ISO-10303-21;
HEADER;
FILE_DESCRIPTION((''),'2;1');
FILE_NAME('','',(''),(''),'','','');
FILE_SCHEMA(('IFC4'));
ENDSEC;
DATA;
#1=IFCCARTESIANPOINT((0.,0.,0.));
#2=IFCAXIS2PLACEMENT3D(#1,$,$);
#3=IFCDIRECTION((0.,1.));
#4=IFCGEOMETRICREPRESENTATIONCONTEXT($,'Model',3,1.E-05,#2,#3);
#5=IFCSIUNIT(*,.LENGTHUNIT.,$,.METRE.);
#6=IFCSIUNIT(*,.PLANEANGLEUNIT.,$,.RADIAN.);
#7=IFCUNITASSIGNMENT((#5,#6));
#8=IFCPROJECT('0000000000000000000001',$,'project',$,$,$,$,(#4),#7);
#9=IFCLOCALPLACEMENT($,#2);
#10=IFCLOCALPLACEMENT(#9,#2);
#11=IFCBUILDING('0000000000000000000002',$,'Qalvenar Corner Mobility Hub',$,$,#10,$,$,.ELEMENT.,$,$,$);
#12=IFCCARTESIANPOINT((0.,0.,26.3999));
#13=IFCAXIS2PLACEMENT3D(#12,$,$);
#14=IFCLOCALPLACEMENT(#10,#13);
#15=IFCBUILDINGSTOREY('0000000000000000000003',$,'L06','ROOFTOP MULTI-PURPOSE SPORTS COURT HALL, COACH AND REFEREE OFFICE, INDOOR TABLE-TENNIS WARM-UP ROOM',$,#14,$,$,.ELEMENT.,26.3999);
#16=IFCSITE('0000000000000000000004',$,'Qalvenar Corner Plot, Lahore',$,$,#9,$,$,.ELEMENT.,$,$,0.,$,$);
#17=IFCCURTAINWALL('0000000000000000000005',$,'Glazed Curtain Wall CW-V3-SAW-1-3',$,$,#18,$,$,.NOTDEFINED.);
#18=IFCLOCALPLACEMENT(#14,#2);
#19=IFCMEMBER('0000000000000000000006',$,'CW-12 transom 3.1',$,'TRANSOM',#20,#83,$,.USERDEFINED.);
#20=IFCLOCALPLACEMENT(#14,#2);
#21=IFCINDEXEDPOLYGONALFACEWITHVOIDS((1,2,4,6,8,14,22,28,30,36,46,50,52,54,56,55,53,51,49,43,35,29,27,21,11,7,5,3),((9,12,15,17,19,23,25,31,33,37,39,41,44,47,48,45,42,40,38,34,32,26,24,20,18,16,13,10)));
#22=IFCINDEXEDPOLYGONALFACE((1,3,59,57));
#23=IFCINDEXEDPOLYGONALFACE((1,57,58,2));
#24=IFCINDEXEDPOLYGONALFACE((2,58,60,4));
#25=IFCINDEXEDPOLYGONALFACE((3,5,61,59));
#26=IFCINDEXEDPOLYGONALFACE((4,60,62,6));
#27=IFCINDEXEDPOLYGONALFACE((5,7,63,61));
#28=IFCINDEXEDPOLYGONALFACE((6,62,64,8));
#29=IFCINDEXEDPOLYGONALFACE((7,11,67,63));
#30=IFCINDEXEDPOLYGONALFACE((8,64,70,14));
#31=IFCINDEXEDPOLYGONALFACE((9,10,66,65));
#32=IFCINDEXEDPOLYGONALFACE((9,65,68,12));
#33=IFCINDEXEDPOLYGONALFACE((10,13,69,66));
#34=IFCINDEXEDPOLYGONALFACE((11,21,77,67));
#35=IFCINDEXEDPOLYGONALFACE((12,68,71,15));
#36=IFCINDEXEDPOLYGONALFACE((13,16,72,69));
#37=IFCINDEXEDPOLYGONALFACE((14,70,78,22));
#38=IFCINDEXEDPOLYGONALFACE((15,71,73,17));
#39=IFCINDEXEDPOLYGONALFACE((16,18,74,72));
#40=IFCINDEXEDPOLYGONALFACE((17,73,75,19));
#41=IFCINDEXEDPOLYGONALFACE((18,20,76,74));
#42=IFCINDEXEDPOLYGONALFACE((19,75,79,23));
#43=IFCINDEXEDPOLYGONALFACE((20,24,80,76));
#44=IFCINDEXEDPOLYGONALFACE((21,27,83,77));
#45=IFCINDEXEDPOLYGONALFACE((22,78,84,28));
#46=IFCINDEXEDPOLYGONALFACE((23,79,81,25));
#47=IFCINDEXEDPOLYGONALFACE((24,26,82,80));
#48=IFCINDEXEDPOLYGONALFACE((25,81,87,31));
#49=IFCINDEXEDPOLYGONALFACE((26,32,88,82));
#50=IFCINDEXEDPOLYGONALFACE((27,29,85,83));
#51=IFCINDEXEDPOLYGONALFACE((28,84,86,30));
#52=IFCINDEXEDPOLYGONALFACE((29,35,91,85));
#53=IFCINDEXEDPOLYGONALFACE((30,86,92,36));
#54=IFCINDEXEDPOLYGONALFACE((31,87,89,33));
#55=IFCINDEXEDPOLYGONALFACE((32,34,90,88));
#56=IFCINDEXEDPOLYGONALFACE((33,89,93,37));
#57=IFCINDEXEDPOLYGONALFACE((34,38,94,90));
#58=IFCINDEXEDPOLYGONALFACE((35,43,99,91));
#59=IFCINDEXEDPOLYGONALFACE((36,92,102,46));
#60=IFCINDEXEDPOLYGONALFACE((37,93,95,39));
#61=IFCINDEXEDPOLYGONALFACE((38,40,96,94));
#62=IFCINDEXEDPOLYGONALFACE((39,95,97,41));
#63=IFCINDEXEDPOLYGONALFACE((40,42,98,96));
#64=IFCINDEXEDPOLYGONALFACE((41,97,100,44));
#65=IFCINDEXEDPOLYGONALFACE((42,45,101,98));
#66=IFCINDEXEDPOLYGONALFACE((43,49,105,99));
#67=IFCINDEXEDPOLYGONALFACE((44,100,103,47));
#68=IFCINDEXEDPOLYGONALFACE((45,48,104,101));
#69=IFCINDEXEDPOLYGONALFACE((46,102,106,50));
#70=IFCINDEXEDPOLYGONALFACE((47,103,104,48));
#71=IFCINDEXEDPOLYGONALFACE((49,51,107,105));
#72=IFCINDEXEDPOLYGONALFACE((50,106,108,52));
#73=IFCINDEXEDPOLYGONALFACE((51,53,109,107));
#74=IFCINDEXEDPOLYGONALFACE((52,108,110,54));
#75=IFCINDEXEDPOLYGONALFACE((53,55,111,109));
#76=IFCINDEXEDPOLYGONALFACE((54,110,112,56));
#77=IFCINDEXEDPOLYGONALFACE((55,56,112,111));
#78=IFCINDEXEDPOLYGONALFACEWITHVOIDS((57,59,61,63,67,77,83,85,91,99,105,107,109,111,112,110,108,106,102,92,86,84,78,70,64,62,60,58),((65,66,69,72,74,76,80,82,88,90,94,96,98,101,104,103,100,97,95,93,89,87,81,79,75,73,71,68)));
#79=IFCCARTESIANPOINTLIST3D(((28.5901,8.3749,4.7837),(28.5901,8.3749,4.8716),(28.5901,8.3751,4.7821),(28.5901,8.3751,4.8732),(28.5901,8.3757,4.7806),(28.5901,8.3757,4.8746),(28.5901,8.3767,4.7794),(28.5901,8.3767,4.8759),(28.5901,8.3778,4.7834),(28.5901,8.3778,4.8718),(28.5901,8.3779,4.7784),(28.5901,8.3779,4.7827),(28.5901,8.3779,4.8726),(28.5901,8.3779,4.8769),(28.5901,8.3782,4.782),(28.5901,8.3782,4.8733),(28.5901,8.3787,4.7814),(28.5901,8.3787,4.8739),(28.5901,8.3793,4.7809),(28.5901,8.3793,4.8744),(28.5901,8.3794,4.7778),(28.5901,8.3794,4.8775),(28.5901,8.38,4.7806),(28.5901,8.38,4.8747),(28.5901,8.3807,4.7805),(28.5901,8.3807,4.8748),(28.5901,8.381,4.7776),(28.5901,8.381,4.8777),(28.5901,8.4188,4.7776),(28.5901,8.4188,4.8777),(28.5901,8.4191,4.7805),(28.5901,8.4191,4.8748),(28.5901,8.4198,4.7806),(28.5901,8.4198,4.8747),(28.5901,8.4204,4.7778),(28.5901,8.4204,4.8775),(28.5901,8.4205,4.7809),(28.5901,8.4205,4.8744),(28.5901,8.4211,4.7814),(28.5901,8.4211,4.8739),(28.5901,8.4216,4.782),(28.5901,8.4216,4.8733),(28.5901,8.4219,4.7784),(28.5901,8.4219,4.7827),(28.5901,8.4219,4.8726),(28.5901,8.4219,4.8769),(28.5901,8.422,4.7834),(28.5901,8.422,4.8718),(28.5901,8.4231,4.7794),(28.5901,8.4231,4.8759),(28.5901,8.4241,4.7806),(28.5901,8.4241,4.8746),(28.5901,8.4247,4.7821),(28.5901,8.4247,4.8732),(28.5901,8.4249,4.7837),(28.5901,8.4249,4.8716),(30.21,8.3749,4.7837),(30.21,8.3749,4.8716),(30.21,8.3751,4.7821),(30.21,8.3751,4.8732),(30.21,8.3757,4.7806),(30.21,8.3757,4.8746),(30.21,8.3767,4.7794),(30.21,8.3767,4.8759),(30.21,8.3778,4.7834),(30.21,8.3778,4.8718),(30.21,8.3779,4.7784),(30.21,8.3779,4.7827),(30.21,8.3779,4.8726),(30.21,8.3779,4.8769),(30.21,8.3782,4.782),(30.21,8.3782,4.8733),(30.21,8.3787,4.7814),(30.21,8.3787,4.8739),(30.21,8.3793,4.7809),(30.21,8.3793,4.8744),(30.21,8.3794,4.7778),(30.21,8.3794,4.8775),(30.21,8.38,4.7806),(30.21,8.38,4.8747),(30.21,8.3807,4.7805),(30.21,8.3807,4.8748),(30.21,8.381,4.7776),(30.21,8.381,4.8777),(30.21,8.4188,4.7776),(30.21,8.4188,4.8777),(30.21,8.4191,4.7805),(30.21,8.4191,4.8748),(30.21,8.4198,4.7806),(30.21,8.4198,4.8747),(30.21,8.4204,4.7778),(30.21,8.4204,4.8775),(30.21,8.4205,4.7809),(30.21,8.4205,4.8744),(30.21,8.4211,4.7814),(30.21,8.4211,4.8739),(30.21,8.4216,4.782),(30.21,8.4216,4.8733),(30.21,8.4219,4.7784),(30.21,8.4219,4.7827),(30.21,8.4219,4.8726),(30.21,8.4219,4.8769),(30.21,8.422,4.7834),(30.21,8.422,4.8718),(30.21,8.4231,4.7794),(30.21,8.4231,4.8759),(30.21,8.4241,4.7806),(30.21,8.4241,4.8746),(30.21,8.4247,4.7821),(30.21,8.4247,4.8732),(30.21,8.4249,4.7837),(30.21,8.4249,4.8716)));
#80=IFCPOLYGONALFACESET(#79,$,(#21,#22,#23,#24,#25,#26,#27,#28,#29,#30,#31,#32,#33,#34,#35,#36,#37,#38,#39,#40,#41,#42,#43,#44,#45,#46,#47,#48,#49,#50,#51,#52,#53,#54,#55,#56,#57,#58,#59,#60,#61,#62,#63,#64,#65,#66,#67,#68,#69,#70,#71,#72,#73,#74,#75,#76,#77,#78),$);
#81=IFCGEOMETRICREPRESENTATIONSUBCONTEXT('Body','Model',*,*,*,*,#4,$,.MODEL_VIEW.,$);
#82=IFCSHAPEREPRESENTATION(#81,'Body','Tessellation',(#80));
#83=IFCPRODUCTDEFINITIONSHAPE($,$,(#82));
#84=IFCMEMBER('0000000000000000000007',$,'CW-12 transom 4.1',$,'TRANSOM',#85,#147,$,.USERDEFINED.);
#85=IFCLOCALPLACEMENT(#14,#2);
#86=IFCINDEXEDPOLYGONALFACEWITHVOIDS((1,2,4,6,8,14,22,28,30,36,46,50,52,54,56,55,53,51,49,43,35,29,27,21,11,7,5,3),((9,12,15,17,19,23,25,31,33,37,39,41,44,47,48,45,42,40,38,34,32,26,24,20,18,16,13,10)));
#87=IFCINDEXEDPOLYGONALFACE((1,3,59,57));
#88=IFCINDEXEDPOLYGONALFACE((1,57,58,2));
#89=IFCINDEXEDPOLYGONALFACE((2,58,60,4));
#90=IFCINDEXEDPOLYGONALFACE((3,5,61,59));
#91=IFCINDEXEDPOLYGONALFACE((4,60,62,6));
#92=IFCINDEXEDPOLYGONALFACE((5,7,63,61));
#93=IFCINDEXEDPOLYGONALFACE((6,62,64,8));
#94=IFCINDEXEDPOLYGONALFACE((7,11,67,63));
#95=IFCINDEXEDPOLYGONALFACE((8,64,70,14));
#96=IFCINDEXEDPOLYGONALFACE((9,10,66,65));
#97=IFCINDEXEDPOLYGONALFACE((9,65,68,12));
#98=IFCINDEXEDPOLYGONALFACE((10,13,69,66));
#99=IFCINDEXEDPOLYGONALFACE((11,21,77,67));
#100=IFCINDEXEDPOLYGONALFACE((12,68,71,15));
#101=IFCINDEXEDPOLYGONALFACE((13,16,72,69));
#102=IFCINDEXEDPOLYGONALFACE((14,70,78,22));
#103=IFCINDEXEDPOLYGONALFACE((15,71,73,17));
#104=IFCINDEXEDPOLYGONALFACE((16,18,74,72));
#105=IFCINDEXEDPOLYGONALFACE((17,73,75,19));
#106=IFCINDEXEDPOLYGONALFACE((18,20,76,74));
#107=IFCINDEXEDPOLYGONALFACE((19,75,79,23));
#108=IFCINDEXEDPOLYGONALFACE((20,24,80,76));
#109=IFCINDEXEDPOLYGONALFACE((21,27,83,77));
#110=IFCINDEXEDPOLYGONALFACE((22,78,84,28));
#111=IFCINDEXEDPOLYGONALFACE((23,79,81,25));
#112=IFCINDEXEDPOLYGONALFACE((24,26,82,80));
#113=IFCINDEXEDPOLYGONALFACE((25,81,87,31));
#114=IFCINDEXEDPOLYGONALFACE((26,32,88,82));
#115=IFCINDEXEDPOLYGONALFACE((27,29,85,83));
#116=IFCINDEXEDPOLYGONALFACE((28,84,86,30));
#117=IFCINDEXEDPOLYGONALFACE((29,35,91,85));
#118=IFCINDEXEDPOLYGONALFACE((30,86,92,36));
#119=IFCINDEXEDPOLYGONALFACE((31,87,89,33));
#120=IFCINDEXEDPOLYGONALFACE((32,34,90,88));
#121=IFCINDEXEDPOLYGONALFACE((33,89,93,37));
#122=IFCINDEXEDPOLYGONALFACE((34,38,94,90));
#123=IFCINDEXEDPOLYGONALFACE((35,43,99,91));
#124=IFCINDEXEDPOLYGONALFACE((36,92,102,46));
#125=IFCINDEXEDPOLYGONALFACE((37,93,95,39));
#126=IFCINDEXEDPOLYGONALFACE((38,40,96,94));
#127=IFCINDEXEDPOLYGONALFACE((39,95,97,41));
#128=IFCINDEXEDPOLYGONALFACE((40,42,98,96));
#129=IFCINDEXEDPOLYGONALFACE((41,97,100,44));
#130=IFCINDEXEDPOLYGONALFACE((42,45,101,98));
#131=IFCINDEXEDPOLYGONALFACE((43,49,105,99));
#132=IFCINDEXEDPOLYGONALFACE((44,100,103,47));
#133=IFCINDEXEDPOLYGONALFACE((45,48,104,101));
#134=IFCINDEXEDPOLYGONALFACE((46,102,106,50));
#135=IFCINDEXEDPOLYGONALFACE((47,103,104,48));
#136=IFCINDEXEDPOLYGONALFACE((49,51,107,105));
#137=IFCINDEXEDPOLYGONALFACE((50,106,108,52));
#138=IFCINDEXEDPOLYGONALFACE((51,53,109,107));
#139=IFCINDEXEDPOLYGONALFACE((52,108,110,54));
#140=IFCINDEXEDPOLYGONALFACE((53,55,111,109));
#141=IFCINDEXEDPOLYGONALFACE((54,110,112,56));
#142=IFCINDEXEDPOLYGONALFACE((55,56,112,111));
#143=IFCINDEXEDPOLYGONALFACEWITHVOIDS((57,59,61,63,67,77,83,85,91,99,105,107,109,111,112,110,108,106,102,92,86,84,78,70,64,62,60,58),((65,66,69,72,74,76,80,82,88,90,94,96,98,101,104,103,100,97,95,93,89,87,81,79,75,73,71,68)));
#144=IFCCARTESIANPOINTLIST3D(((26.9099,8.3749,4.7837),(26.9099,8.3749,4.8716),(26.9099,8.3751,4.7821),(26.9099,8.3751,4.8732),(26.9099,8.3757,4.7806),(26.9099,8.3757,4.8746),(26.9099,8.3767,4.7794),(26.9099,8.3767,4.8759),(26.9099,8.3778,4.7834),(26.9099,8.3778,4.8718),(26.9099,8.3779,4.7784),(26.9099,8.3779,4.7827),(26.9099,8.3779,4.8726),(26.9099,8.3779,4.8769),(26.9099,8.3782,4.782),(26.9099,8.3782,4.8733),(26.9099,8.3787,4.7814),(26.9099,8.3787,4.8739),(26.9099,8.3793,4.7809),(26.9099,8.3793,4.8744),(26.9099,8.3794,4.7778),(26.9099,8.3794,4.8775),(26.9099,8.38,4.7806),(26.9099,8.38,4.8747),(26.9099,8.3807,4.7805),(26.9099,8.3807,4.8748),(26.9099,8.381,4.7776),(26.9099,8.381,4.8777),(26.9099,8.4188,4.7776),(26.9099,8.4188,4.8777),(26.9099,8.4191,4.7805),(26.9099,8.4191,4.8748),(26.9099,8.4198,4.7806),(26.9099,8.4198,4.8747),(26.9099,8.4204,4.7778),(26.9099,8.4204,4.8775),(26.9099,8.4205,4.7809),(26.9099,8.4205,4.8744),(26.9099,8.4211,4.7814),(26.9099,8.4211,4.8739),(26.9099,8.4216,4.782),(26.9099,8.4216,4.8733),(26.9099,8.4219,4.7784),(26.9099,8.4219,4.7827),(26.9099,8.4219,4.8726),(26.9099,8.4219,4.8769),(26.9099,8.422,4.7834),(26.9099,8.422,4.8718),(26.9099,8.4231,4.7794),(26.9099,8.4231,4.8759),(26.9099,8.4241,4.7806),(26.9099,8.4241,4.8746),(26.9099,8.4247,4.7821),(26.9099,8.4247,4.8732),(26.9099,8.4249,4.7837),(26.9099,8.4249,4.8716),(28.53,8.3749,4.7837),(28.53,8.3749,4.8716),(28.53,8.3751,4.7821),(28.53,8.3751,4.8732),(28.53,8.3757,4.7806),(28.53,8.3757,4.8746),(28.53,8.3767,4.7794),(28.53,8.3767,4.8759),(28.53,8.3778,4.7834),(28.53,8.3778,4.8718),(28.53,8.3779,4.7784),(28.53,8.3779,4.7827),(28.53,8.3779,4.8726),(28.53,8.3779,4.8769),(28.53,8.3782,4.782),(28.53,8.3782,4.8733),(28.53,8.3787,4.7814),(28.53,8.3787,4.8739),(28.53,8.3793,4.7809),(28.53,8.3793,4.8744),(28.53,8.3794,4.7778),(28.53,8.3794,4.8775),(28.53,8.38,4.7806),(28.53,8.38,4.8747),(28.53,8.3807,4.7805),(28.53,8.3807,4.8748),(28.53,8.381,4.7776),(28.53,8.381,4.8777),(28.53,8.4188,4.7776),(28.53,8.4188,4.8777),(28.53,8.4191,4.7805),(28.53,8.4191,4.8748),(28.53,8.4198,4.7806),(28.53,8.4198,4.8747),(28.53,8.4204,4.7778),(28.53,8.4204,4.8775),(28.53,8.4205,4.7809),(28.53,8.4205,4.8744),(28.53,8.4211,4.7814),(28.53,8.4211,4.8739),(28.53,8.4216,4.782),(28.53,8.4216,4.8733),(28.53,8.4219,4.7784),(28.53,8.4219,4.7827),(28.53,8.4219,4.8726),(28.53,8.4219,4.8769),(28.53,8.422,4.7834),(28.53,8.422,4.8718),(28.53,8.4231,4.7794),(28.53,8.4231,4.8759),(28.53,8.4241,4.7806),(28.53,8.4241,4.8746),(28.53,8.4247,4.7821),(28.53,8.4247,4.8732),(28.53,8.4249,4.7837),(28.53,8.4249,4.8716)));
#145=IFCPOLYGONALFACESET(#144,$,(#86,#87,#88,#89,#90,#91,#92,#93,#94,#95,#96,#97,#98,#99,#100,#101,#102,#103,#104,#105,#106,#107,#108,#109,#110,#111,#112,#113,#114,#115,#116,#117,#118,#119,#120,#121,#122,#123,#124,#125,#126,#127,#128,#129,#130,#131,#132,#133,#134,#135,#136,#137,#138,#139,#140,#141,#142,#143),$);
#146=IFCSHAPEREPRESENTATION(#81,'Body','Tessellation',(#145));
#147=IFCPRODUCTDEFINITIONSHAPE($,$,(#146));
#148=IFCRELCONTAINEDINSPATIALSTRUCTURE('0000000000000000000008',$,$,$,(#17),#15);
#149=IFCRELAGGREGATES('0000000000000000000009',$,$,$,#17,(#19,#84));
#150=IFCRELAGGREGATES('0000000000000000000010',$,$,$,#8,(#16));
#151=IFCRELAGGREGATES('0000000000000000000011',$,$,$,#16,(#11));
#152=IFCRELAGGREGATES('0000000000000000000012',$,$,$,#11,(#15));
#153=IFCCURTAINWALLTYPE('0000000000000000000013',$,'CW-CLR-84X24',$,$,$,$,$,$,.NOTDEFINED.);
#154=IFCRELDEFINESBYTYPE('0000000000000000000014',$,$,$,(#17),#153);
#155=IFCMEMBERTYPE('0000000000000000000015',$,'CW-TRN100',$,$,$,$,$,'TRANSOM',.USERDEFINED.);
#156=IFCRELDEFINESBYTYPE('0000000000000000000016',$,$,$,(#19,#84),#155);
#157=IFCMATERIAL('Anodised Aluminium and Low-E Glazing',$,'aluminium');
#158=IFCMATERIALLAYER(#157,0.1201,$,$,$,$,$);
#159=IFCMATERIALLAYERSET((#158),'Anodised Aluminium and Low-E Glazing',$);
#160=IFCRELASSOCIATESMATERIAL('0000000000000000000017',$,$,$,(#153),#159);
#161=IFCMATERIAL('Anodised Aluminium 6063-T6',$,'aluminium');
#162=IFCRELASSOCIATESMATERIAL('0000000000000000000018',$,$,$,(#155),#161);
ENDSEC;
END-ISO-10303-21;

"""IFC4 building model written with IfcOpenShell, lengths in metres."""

from ifc_helpers import new_model, si_unit, direction, frame, origin, origin_2d, place, context, subcontext, project, spatial, hollow_rectangle, extrude, material, layer, layer_set, material_profile, profile_set, type_object, element, aggregate, save


model = new_model("IFC4")

# Units and contexts
model_context = context("Model", 3, precision=1e-05, world=origin(), true_north=direction((0.0, 1.0)))
body_context = subcontext(model_context, "Body", "Model", "MODEL_VIEW")
ifc_project = project(units=[si_unit("LENGTHUNIT", "METRE"), si_unit("PLANEANGLEUNIT", "RADIAN")], contexts=[model_context])

# Site, building, storey
site_placement = place(None, origin())
site = spatial("IfcSite", under=ifc_project, at=site_placement, Name="Qalvenar Corner Plot, Lahore", CompositionType="ELEMENT", RefElevation=0.0)
building_placement = place(site_placement, origin())
building = spatial("IfcBuilding", under=site, at=building_placement, Name="Qalvenar Corner Mobility Hub", CompositionType="ELEMENT")
storey_placement = place(building_placement, frame((0.0, 0.0, 26.3999)))
storey = spatial("IfcBuildingStorey", under=building, at=storey_placement, Name="L06", Description="ROOFTOP MULTI-PURPOSE SPORTS COURT HALL, COACH AND REFEREE OFFICE, INDOOR TABLE-TENNIS WARM-UP ROOM", CompositionType="ELEMENT", Elevation=26.3999)

# Curtain wall
ifc_material_1 = material(Name="Anodised Aluminium and Low-E Glazing", Category="aluminium")
ifc_layer_1 = layer(ifc_material_1, 0.1201)
ifc_layer_set_1 = layer_set([ifc_layer_1], Name="Anodised Aluminium and Low-E Glazing")
curtain_wall_type_1 = type_object("IfcCurtainWallType", Name="CW-CLR-84X24", PredefinedType="NOTDEFINED", material=ifc_layer_set_1)
curtain_wall_1_placement = place(storey_placement, origin())
curtain_wall_1 = element("IfcCurtainWall", 1, at=curtain_wall_1_placement, inside=storey, type_object=curtain_wall_type_1, Name="Glazed Curtain Wall CW-V3-SAW-1-3", PredefinedType="NOTDEFINED")
ifc_material_2 = material(Name="Anodised Aluminium 6063-T6", Category="aluminium")

# Members
ifc_material_profile_1 = material_profile(ifc_material_2, hollow_rectangle(XDim=0.05, YDim=0.1001, WallThickness=0.0029, InnerFilletRadius=0.0029, OuterFilletRadius=0.0061, at=origin_2d()), Name="RHS100x50x3")
ifc_profile_set_1 = profile_set([ifc_material_profile_1], Name="Anodised Aluminium 6063-T6")
member_type_1 = type_object("IfcMemberType", Name="CW-TRN100", ElementType="TRANSOM", PredefinedType="USERDEFINED", material=ifc_profile_set_1)
member_1_placement = place(storey_placement, frame((30.21, 8.3999, 4.8276), z_axis=(-1.0, 0.0, 0.0), x_axis=(0.0, -1.0, 0.0)))
member_1 = element("IfcMember", 2, at=member_1_placement, type_object=member_type_1, Name="CW-12 transom 3.1", ObjectType="TRANSOM", PredefinedType="USERDEFINED", context=body_context, shape_type="SweptSolid", body=[
    extrude(hollow_rectangle(XDim=0.05, YDim=0.1001, WallThickness=0.0029, InnerFilletRadius=0.0029, OuterFilletRadius=0.0061, at=origin_2d()), origin(), (0.0, 0.0, 1.0), 1.6199),
])
member_2_placement = place(storey_placement, frame((28.53, 8.3999, 4.8276), z_axis=(-1.0, 0.0, 0.0), x_axis=(0.0, -1.0, 0.0)))
member_2 = element("IfcMember", 3, at=member_2_placement, type_object=member_type_1, Name="CW-12 transom 4.1", ObjectType="TRANSOM", PredefinedType="USERDEFINED", context=body_context, shape_type="SweptSolid", body=[
    extrude(hollow_rectangle(XDim=0.05, YDim=0.1001, WallThickness=0.0029, InnerFilletRadius=0.0029, OuterFilletRadius=0.0061, at=origin_2d()), origin(), (0.0, 0.0, 1.0), 1.6201),
])

aggregate(curtain_wall_1, [member_1, member_2])

save(model, "model.ifc")
